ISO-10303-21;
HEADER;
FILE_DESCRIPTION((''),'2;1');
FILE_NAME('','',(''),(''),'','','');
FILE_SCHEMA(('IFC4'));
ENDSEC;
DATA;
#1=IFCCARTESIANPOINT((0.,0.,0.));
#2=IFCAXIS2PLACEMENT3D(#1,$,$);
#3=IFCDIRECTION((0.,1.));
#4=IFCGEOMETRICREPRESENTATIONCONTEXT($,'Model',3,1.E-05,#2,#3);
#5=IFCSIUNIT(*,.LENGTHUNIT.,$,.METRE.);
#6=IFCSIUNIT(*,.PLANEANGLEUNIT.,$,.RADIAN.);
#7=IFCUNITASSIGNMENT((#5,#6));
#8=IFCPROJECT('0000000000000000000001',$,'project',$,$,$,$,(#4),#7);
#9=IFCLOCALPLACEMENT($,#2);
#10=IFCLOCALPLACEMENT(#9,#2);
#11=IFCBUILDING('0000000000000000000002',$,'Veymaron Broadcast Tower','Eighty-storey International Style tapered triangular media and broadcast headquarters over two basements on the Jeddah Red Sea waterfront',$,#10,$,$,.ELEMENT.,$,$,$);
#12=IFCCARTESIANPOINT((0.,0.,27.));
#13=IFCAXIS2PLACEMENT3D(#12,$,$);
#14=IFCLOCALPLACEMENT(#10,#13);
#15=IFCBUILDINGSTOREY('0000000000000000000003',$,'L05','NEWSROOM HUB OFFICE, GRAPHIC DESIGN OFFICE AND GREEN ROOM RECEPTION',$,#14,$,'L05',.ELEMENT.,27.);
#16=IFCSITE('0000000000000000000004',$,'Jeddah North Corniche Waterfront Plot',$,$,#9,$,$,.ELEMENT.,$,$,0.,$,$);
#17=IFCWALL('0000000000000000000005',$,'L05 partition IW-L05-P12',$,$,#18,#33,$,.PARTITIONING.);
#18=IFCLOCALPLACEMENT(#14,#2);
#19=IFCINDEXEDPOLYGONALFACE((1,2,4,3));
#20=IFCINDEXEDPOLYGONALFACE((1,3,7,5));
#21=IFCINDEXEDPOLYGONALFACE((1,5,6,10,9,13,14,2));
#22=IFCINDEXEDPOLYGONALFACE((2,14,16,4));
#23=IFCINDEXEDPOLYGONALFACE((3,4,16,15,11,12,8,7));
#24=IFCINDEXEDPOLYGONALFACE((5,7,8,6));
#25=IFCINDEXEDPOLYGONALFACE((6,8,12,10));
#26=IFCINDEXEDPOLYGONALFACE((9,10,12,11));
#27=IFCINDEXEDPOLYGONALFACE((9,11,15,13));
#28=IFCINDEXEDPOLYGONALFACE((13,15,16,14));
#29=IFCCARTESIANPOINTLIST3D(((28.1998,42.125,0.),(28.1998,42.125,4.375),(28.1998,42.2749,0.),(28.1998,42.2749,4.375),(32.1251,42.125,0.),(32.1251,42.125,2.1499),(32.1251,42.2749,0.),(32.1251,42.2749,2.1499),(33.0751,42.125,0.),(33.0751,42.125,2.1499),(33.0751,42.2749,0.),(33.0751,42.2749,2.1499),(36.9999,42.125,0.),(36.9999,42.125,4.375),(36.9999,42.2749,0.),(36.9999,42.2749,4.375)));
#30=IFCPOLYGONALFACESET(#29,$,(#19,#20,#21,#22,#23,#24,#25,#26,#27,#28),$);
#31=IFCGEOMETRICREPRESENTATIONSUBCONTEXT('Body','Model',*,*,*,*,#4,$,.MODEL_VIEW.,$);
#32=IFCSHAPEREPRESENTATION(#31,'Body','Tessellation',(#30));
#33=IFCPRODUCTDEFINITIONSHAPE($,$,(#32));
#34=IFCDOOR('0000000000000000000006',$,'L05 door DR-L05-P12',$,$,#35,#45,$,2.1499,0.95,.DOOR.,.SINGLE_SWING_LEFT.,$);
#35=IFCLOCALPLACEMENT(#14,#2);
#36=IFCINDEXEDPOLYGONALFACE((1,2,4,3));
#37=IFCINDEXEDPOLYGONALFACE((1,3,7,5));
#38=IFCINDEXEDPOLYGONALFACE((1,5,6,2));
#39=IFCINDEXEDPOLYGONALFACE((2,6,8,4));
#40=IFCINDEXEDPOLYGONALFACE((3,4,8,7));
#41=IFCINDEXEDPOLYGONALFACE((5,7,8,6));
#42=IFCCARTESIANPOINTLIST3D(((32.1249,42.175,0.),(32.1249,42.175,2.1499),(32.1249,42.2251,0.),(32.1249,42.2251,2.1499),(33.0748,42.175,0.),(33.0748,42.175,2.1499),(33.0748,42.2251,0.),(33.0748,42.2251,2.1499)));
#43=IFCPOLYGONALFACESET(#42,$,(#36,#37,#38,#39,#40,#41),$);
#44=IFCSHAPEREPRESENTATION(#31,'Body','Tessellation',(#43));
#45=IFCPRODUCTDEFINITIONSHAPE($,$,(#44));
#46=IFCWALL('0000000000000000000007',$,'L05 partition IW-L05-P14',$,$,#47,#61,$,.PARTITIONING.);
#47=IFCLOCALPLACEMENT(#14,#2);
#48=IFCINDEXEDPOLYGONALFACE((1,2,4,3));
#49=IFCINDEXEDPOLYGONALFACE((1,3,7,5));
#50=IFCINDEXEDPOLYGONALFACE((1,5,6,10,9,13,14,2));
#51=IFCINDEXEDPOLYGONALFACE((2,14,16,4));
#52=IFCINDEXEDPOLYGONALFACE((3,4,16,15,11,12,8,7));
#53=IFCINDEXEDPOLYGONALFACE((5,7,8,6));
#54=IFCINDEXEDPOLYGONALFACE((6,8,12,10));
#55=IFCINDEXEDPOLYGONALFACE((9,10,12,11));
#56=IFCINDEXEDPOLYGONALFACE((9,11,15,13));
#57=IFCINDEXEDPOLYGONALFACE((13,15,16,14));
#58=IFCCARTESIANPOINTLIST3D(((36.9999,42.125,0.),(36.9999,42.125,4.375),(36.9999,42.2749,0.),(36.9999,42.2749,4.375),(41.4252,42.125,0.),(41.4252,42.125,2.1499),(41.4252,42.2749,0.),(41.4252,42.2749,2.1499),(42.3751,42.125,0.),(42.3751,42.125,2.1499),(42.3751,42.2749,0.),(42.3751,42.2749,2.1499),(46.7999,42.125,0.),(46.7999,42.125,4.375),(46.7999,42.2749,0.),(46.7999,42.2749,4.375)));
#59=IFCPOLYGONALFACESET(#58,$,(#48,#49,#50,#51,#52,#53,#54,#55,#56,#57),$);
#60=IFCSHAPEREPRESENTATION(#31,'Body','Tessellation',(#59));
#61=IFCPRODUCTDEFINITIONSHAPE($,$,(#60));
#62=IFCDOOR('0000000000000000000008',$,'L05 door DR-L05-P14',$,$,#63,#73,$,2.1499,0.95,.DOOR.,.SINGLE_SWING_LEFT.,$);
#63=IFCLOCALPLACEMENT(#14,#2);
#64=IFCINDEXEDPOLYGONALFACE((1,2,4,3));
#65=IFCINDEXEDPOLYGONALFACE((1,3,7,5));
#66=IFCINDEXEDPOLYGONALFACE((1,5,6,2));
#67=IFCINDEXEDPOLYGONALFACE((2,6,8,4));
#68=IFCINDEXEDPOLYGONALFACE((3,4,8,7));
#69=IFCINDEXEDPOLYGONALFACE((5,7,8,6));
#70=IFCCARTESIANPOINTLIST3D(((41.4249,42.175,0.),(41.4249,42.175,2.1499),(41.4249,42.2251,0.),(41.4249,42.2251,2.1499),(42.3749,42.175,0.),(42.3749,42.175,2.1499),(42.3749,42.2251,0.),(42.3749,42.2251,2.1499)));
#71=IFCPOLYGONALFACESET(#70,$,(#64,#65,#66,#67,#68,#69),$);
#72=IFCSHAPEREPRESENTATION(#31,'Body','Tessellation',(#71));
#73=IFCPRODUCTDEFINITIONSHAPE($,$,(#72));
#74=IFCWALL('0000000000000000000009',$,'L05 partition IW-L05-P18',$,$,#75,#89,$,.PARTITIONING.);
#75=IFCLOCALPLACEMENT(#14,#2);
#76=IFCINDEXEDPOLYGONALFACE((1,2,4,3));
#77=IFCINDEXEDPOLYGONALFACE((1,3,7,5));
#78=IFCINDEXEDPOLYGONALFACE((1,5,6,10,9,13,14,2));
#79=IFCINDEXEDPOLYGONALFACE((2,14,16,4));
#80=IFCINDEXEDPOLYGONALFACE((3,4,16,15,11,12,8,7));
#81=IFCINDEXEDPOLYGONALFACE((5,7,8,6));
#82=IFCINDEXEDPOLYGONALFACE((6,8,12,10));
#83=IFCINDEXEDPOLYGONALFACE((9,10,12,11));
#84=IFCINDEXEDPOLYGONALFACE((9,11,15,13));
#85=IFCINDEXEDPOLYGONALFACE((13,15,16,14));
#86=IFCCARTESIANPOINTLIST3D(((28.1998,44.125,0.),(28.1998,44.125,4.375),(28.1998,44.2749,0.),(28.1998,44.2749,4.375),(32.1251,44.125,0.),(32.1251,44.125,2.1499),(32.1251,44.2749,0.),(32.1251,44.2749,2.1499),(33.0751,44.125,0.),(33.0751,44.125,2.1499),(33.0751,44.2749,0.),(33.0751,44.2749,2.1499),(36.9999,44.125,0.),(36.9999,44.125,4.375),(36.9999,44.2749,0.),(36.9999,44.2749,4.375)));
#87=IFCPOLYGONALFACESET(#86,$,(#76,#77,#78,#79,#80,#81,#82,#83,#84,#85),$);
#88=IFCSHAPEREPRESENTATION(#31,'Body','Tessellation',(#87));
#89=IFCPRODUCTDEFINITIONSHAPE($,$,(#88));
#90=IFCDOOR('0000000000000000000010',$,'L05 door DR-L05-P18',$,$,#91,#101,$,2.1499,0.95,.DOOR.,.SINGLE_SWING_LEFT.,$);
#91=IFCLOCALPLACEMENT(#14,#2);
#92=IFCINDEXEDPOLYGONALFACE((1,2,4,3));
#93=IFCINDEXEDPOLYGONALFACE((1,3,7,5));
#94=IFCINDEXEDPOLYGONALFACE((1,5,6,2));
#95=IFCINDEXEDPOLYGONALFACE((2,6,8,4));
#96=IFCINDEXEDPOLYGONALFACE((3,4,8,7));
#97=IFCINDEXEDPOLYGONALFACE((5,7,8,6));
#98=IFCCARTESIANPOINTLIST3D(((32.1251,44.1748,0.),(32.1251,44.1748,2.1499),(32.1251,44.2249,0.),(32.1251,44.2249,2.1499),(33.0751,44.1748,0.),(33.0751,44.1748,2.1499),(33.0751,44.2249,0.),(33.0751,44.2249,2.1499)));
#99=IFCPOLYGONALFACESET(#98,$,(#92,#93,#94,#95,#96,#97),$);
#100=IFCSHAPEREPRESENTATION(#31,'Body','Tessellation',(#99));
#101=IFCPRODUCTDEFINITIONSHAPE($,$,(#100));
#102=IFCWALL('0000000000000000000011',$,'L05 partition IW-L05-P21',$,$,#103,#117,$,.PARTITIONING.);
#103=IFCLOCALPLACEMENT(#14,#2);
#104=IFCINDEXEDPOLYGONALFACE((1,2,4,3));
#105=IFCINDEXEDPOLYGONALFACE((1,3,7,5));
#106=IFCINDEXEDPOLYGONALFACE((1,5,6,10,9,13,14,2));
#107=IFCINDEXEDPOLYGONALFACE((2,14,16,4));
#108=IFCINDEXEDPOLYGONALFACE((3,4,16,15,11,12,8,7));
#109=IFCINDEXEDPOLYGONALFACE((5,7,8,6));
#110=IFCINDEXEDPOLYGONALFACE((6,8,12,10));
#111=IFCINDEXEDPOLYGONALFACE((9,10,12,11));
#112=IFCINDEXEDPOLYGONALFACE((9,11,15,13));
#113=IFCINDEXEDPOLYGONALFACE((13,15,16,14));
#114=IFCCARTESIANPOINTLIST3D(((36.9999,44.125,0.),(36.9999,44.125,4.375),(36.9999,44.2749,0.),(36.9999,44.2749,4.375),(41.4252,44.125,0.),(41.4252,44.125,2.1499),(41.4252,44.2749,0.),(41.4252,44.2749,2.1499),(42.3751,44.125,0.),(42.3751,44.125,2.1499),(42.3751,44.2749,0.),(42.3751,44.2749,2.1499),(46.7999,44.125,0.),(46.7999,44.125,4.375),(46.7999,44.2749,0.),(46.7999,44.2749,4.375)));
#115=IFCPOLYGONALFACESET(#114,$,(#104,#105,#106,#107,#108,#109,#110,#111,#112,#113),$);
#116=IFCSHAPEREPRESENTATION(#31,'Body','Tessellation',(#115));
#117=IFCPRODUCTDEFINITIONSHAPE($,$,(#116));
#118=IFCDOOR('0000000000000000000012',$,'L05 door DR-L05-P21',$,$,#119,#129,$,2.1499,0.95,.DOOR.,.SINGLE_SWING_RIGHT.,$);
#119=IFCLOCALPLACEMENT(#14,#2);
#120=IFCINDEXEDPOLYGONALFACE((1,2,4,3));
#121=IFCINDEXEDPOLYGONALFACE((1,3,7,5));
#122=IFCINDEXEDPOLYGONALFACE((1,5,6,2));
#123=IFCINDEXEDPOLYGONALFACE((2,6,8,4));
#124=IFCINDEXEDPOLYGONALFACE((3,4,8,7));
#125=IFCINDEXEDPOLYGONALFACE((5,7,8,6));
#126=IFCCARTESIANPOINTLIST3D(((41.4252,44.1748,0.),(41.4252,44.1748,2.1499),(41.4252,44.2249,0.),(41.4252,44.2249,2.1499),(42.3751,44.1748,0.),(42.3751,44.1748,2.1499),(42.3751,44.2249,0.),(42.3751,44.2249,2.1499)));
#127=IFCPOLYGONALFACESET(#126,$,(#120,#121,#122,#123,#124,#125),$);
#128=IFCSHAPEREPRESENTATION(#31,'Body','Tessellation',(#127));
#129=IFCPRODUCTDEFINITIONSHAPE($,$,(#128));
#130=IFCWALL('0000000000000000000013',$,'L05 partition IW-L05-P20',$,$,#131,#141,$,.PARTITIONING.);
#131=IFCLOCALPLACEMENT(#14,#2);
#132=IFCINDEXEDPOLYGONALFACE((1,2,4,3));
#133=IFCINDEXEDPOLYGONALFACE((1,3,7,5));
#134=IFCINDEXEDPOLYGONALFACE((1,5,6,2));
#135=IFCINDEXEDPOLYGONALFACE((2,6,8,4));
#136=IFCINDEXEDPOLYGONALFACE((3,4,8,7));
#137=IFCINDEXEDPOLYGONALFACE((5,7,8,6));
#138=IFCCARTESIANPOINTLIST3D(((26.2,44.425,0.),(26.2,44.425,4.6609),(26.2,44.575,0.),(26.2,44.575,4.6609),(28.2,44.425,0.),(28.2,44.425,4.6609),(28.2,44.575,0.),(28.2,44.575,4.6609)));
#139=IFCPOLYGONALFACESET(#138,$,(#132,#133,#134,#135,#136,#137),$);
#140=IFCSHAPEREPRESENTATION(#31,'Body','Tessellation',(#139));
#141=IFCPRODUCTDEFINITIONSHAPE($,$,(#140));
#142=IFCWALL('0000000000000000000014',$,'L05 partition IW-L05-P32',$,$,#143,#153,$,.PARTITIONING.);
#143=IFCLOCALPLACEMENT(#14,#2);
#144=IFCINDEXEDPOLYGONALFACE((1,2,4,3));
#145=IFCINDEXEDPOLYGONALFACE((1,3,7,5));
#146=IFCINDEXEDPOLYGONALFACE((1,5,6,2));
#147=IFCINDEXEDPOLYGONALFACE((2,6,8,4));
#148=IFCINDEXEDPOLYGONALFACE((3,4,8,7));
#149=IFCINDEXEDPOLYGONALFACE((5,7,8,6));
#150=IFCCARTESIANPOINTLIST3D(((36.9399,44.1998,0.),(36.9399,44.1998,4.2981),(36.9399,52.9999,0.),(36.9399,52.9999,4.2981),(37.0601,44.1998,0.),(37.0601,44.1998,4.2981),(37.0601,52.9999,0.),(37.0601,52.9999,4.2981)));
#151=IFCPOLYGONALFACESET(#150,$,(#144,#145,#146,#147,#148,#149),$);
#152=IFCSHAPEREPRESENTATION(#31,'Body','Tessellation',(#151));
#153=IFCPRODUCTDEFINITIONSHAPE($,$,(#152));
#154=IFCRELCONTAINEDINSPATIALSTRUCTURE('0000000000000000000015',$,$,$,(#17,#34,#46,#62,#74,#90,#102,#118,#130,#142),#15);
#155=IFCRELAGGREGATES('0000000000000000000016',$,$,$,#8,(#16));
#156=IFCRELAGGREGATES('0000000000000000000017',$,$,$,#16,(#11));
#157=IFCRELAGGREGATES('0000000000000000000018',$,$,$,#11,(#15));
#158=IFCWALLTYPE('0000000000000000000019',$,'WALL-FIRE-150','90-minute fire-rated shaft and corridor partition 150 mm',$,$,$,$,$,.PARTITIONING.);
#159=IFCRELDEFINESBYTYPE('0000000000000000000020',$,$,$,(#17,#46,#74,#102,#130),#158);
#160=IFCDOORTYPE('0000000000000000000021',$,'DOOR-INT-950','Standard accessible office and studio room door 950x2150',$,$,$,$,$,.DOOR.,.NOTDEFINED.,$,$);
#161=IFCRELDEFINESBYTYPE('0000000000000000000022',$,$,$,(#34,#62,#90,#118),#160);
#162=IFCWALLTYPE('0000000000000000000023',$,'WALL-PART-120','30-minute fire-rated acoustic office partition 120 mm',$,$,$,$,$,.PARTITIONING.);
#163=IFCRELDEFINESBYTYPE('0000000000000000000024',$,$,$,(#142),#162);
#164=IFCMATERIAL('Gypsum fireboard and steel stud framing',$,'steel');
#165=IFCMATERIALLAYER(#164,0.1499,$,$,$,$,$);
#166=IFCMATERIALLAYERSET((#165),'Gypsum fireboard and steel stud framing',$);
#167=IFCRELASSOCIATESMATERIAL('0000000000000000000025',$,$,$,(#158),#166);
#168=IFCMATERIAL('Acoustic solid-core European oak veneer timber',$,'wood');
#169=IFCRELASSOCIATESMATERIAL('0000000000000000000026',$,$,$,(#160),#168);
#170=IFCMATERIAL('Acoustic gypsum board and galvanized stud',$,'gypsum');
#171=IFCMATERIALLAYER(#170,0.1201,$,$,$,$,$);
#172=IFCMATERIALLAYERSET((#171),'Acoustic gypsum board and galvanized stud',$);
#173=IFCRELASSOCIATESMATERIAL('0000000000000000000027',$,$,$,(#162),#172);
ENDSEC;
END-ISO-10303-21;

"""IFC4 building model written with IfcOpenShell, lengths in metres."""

from ifc_helpers import new_model, si_unit, direction, frame, frame_2d, origin, place, context, subcontext, project, spatial, rectangle, extrude, material, layer, layer_set, type_object, element, fill, save


model = new_model("IFC4")

# Units and contexts
model_context = context("Model", 3, precision=1e-05, world=origin(), true_north=direction((0.0, 1.0)))
body_context = subcontext(model_context, "Body", "Model", "MODEL_VIEW")
ifc_project = project(units=[si_unit("LENGTHUNIT", "METRE"), si_unit("PLANEANGLEUNIT", "RADIAN")], contexts=[model_context])

# Site, building, storey
site_placement = place(None, origin())
site = spatial("IfcSite", under=ifc_project, at=site_placement, Name="Jeddah North Corniche Waterfront Plot", CompositionType="ELEMENT", RefElevation=0.0)
building_placement = place(site_placement, origin())
building = spatial("IfcBuilding", under=site, at=building_placement, Name="Veymaron Broadcast Tower", Description="Eighty-storey International Style tapered triangular media and broadcast headquarters over two basements on the Jeddah Red Sea waterfront", CompositionType="ELEMENT")
storey_placement = place(building_placement, frame((0.0, 0.0, 27.0)))
storey = spatial("IfcBuildingStorey", under=building, at=storey_placement, Name="L05", Description="NEWSROOM HUB OFFICE, GRAPHIC DESIGN OFFICE AND GREEN ROOM RECEPTION", LongName="L05", CompositionType="ELEMENT", Elevation=27.0)

# Walls, openings, doors
ifc_material_1 = material(Name="Gypsum fireboard and steel stud framing", Category="steel")
ifc_layer_1 = layer(ifc_material_1, 0.1499)
ifc_layer_set_1 = layer_set([ifc_layer_1], Name="Gypsum fireboard and steel stud framing")
wall_type_1 = type_object("IfcWallType", Name="WALL-FIRE-150", Description="90-minute fire-rated shaft and corridor partition 150 mm", PredefinedType="PARTITIONING", material=ifc_layer_set_1)
wall_1_placement = place(storey_placement, frame((28.2, 42.2, 0.0), z_axis=(0.0, 0.0, 1.0), x_axis=(1.0, 0.0, 0.0)))
wall_1 = element("IfcWall", 1, at=wall_1_placement, inside=storey, type_object=wall_type_1, Name="L05 partition IW-L05-P12", PredefinedType="PARTITIONING", context=body_context, shape_type="SweptSolid", body=[
    extrude(rectangle(XDim=8.8, YDim=0.1499, at=frame_2d((4.3999, 0.0))), origin(), (0.0, 0.0, 1.0), 4.375),
])
opening_1_placement = place(wall_1_placement, frame((3.925, 0.0, 0.0)))
opening_1 = element("IfcOpeningElement", 2, at=opening_1_placement, cuts=wall_1, PredefinedType="OPENING", context=body_context, shape_type="SweptSolid", body=[
    extrude(rectangle(XDim=0.95, YDim=2.1499, at=frame_2d((0.4751, 1.075))), frame((0.0, 0.085, 0.0), z_axis=(0.0, -1.0, 0.0), x_axis=(1.0, 0.0, 0.0)), (0.0, 0.0, 1.0), 0.1699),
])
ifc_material_2 = material(Name="Acoustic solid-core European oak veneer timber", Category="wood")
door_type = type_object("IfcDoorType", Name="DOOR-INT-950", Description="Standard accessible office and studio room door 950x2150", OperationType="NOTDEFINED", PredefinedType="DOOR", material=ifc_material_2)
door_1_placement = place(opening_1_placement, frame((0.95, 0.0, 0.0), z_axis=(0.0, 0.0, 1.0), x_axis=(-1.0, 0.0, 0.0)))
door_1 = element("IfcDoor", 3, at=door_1_placement, inside=storey, type_object=door_type, Name="L05 door DR-L05-P12", OperationType="SINGLE_SWING_LEFT", OverallHeight=2.1499, OverallWidth=0.95, PredefinedType="DOOR", context=body_context, shape_type="SweptSolid", body=[
    extrude(rectangle(XDim=0.95, YDim=2.1499, at=frame_2d((0.4751, 1.075))), frame((0.0, 0.0249, 0.0), z_axis=(0.0, -1.0, 0.0), x_axis=(1.0, 0.0, 0.0)), (0.0, 0.0, 1.0), 0.05),
])
fill(opening_1, door_1)
wall_2_placement = place(storey_placement, frame((37.0, 42.2, 0.0), z_axis=(0.0, 0.0, 1.0), x_axis=(1.0, 0.0, 0.0)))
wall_2 = element("IfcWall", 4, at=wall_2_placement, inside=storey, type_object=wall_type_1, Name="L05 partition IW-L05-P14", PredefinedType="PARTITIONING", context=body_context, shape_type="SweptSolid", body=[
    extrude(rectangle(XDim=9.8, YDim=0.1499, at=frame_2d((4.8999, 0.0))), origin(), (0.0, 0.0, 1.0), 4.375),
])
opening_2_placement = place(wall_2_placement, frame((4.425, 0.0, 0.0)))
opening_2 = element("IfcOpeningElement", 5, at=opening_2_placement, cuts=wall_2, PredefinedType="OPENING", context=body_context, shape_type="SweptSolid", body=[
    extrude(rectangle(XDim=0.95, YDim=2.1499, at=frame_2d((0.4751, 1.075))), frame((0.0, 0.085, 0.0), z_axis=(0.0, -1.0, 0.0), x_axis=(1.0, 0.0, 0.0)), (0.0, 0.0, 1.0), 0.1699),
])
door_2_placement = place(opening_2_placement, frame((0.95, 0.0, 0.0), z_axis=(0.0, 0.0, 1.0), x_axis=(-1.0, 0.0, 0.0)))
door_2 = element("IfcDoor", 6, at=door_2_placement, inside=storey, type_object=door_type, Name="L05 door DR-L05-P14", OperationType="SINGLE_SWING_LEFT", OverallHeight=2.1499, OverallWidth=0.95, PredefinedType="DOOR", context=body_context, shape_type="SweptSolid", body=[
    extrude(rectangle(XDim=0.95, YDim=2.1499, at=frame_2d((0.4751, 1.075))), frame((0.0, 0.0249, 0.0), z_axis=(0.0, -1.0, 0.0), x_axis=(1.0, 0.0, 0.0)), (0.0, 0.0, 1.0), 0.05),
])
fill(opening_2, door_2)
wall_3_placement = place(storey_placement, frame((28.2, 44.2, 0.0), z_axis=(0.0, 0.0, 1.0), x_axis=(1.0, 0.0, 0.0)))
wall_3 = element("IfcWall", 7, at=wall_3_placement, inside=storey, type_object=wall_type_1, Name="L05 partition IW-L05-P18", PredefinedType="PARTITIONING", context=body_context, shape_type="SweptSolid", body=[
    extrude(rectangle(XDim=8.8, YDim=0.1499, at=frame_2d((4.3999, 0.0))), origin(), (0.0, 0.0, 1.0), 4.375),
])
opening_3_placement = place(wall_3_placement, frame((3.925, 0.0, 0.0)))
opening_3 = element("IfcOpeningElement", 8, at=opening_3_placement, cuts=wall_3, PredefinedType="OPENING", context=body_context, shape_type="SweptSolid", body=[
    extrude(rectangle(XDim=0.95, YDim=2.1499, at=frame_2d((0.4751, 1.075))), frame((0.0, 0.085, 0.0), z_axis=(0.0, -1.0, 0.0), x_axis=(1.0, 0.0, 0.0)), (0.0, 0.0, 1.0), 0.1699),
])
door_3_placement = place(opening_3_placement, origin())
door_3 = element("IfcDoor", 9, at=door_3_placement, inside=storey, type_object=door_type, Name="L05 door DR-L05-P18", OperationType="SINGLE_SWING_LEFT", OverallHeight=2.1499, OverallWidth=0.95, PredefinedType="DOOR", context=body_context, shape_type="SweptSolid", body=[
    extrude(rectangle(XDim=0.95, YDim=2.1499, at=frame_2d((0.4751, 1.075))), frame((0.0, 0.0249, 0.0), z_axis=(0.0, -1.0, 0.0), x_axis=(1.0, 0.0, 0.0)), (0.0, 0.0, 1.0), 0.05),
])
fill(opening_3, door_3)
wall_4_placement = place(storey_placement, frame((37.0, 44.2, 0.0), z_axis=(0.0, 0.0, 1.0), x_axis=(1.0, 0.0, 0.0)))
wall_4 = element("IfcWall", 10, at=wall_4_placement, inside=storey, type_object=wall_type_1, Name="L05 partition IW-L05-P21", PredefinedType="PARTITIONING", context=body_context, shape_type="SweptSolid", body=[
    extrude(rectangle(XDim=9.8, YDim=0.1499, at=frame_2d((4.8999, 0.0))), origin(), (0.0, 0.0, 1.0), 4.375),
])
opening_4_placement = place(wall_4_placement, frame((4.425, 0.0, 0.0)))
opening_4 = element("IfcOpeningElement", 11, at=opening_4_placement, cuts=wall_4, PredefinedType="OPENING", context=body_context, shape_type="SweptSolid", body=[
    extrude(rectangle(XDim=0.95, YDim=2.1499, at=frame_2d((0.4751, 1.075))), frame((0.0, 0.085, 0.0), z_axis=(0.0, -1.0, 0.0), x_axis=(1.0, 0.0, 0.0)), (0.0, 0.0, 1.0), 0.1699),
])
door_4_placement = place(opening_4_placement, origin())
door_4 = element("IfcDoor", 12, at=door_4_placement, inside=storey, type_object=door_type, Name="L05 door DR-L05-P21", OperationType="SINGLE_SWING_RIGHT", OverallHeight=2.1499, OverallWidth=0.95, PredefinedType="DOOR", context=body_context, shape_type="SweptSolid", body=[
    extrude(rectangle(XDim=0.95, YDim=2.1499, at=frame_2d((0.4751, 1.075))), frame((0.0, 0.0249, 0.0), z_axis=(0.0, -1.0, 0.0), x_axis=(1.0, 0.0, 0.0)), (0.0, 0.0, 1.0), 0.05),
])
fill(opening_4, door_4)

# Walls
wall_5_placement = place(storey_placement, frame((26.2, 44.5, 0.0), z_axis=(0.0, 0.0, 1.0), x_axis=(1.0, 0.0, 0.0)))
element("IfcWall", 13, at=wall_5_placement, inside=storey, type_object=wall_type_1, Name="L05 partition IW-L05-P20", PredefinedType="PARTITIONING", context=body_context, shape_type="SweptSolid", body=[
    extrude(rectangle(XDim=2.0, YDim=0.1499, at=frame_2d((1.0, 0.0))), origin(), (0.0, 0.0, 1.0), 4.6609),
])
ifc_material_3 = material(Name="Acoustic gypsum board and galvanized stud", Category="gypsum")
ifc_layer_2 = layer(ifc_material_3, 0.1201)
ifc_layer_set_2 = layer_set([ifc_layer_2], Name="Acoustic gypsum board and galvanized stud")
wall_type_2 = type_object("IfcWallType", Name="WALL-PART-120", Description="30-minute fire-rated acoustic office partition 120 mm", PredefinedType="PARTITIONING", material=ifc_layer_set_2)
wall_6_placement = place(storey_placement, frame((37.0, 44.2, 0.0), z_axis=(0.0, 0.0, 1.0), x_axis=(0.0, 1.0, 0.0)))
element("IfcWall", 14, at=wall_6_placement, inside=storey, type_object=wall_type_2, Name="L05 partition IW-L05-P32", PredefinedType="PARTITIONING", context=body_context, shape_type="SweptSolid", body=[
    extrude(rectangle(XDim=8.8, YDim=0.1201, at=frame_2d((4.3999, 0.0))), origin(), (0.0, 0.0, 1.0), 4.2981),
])

save(model, "model.ifc")
